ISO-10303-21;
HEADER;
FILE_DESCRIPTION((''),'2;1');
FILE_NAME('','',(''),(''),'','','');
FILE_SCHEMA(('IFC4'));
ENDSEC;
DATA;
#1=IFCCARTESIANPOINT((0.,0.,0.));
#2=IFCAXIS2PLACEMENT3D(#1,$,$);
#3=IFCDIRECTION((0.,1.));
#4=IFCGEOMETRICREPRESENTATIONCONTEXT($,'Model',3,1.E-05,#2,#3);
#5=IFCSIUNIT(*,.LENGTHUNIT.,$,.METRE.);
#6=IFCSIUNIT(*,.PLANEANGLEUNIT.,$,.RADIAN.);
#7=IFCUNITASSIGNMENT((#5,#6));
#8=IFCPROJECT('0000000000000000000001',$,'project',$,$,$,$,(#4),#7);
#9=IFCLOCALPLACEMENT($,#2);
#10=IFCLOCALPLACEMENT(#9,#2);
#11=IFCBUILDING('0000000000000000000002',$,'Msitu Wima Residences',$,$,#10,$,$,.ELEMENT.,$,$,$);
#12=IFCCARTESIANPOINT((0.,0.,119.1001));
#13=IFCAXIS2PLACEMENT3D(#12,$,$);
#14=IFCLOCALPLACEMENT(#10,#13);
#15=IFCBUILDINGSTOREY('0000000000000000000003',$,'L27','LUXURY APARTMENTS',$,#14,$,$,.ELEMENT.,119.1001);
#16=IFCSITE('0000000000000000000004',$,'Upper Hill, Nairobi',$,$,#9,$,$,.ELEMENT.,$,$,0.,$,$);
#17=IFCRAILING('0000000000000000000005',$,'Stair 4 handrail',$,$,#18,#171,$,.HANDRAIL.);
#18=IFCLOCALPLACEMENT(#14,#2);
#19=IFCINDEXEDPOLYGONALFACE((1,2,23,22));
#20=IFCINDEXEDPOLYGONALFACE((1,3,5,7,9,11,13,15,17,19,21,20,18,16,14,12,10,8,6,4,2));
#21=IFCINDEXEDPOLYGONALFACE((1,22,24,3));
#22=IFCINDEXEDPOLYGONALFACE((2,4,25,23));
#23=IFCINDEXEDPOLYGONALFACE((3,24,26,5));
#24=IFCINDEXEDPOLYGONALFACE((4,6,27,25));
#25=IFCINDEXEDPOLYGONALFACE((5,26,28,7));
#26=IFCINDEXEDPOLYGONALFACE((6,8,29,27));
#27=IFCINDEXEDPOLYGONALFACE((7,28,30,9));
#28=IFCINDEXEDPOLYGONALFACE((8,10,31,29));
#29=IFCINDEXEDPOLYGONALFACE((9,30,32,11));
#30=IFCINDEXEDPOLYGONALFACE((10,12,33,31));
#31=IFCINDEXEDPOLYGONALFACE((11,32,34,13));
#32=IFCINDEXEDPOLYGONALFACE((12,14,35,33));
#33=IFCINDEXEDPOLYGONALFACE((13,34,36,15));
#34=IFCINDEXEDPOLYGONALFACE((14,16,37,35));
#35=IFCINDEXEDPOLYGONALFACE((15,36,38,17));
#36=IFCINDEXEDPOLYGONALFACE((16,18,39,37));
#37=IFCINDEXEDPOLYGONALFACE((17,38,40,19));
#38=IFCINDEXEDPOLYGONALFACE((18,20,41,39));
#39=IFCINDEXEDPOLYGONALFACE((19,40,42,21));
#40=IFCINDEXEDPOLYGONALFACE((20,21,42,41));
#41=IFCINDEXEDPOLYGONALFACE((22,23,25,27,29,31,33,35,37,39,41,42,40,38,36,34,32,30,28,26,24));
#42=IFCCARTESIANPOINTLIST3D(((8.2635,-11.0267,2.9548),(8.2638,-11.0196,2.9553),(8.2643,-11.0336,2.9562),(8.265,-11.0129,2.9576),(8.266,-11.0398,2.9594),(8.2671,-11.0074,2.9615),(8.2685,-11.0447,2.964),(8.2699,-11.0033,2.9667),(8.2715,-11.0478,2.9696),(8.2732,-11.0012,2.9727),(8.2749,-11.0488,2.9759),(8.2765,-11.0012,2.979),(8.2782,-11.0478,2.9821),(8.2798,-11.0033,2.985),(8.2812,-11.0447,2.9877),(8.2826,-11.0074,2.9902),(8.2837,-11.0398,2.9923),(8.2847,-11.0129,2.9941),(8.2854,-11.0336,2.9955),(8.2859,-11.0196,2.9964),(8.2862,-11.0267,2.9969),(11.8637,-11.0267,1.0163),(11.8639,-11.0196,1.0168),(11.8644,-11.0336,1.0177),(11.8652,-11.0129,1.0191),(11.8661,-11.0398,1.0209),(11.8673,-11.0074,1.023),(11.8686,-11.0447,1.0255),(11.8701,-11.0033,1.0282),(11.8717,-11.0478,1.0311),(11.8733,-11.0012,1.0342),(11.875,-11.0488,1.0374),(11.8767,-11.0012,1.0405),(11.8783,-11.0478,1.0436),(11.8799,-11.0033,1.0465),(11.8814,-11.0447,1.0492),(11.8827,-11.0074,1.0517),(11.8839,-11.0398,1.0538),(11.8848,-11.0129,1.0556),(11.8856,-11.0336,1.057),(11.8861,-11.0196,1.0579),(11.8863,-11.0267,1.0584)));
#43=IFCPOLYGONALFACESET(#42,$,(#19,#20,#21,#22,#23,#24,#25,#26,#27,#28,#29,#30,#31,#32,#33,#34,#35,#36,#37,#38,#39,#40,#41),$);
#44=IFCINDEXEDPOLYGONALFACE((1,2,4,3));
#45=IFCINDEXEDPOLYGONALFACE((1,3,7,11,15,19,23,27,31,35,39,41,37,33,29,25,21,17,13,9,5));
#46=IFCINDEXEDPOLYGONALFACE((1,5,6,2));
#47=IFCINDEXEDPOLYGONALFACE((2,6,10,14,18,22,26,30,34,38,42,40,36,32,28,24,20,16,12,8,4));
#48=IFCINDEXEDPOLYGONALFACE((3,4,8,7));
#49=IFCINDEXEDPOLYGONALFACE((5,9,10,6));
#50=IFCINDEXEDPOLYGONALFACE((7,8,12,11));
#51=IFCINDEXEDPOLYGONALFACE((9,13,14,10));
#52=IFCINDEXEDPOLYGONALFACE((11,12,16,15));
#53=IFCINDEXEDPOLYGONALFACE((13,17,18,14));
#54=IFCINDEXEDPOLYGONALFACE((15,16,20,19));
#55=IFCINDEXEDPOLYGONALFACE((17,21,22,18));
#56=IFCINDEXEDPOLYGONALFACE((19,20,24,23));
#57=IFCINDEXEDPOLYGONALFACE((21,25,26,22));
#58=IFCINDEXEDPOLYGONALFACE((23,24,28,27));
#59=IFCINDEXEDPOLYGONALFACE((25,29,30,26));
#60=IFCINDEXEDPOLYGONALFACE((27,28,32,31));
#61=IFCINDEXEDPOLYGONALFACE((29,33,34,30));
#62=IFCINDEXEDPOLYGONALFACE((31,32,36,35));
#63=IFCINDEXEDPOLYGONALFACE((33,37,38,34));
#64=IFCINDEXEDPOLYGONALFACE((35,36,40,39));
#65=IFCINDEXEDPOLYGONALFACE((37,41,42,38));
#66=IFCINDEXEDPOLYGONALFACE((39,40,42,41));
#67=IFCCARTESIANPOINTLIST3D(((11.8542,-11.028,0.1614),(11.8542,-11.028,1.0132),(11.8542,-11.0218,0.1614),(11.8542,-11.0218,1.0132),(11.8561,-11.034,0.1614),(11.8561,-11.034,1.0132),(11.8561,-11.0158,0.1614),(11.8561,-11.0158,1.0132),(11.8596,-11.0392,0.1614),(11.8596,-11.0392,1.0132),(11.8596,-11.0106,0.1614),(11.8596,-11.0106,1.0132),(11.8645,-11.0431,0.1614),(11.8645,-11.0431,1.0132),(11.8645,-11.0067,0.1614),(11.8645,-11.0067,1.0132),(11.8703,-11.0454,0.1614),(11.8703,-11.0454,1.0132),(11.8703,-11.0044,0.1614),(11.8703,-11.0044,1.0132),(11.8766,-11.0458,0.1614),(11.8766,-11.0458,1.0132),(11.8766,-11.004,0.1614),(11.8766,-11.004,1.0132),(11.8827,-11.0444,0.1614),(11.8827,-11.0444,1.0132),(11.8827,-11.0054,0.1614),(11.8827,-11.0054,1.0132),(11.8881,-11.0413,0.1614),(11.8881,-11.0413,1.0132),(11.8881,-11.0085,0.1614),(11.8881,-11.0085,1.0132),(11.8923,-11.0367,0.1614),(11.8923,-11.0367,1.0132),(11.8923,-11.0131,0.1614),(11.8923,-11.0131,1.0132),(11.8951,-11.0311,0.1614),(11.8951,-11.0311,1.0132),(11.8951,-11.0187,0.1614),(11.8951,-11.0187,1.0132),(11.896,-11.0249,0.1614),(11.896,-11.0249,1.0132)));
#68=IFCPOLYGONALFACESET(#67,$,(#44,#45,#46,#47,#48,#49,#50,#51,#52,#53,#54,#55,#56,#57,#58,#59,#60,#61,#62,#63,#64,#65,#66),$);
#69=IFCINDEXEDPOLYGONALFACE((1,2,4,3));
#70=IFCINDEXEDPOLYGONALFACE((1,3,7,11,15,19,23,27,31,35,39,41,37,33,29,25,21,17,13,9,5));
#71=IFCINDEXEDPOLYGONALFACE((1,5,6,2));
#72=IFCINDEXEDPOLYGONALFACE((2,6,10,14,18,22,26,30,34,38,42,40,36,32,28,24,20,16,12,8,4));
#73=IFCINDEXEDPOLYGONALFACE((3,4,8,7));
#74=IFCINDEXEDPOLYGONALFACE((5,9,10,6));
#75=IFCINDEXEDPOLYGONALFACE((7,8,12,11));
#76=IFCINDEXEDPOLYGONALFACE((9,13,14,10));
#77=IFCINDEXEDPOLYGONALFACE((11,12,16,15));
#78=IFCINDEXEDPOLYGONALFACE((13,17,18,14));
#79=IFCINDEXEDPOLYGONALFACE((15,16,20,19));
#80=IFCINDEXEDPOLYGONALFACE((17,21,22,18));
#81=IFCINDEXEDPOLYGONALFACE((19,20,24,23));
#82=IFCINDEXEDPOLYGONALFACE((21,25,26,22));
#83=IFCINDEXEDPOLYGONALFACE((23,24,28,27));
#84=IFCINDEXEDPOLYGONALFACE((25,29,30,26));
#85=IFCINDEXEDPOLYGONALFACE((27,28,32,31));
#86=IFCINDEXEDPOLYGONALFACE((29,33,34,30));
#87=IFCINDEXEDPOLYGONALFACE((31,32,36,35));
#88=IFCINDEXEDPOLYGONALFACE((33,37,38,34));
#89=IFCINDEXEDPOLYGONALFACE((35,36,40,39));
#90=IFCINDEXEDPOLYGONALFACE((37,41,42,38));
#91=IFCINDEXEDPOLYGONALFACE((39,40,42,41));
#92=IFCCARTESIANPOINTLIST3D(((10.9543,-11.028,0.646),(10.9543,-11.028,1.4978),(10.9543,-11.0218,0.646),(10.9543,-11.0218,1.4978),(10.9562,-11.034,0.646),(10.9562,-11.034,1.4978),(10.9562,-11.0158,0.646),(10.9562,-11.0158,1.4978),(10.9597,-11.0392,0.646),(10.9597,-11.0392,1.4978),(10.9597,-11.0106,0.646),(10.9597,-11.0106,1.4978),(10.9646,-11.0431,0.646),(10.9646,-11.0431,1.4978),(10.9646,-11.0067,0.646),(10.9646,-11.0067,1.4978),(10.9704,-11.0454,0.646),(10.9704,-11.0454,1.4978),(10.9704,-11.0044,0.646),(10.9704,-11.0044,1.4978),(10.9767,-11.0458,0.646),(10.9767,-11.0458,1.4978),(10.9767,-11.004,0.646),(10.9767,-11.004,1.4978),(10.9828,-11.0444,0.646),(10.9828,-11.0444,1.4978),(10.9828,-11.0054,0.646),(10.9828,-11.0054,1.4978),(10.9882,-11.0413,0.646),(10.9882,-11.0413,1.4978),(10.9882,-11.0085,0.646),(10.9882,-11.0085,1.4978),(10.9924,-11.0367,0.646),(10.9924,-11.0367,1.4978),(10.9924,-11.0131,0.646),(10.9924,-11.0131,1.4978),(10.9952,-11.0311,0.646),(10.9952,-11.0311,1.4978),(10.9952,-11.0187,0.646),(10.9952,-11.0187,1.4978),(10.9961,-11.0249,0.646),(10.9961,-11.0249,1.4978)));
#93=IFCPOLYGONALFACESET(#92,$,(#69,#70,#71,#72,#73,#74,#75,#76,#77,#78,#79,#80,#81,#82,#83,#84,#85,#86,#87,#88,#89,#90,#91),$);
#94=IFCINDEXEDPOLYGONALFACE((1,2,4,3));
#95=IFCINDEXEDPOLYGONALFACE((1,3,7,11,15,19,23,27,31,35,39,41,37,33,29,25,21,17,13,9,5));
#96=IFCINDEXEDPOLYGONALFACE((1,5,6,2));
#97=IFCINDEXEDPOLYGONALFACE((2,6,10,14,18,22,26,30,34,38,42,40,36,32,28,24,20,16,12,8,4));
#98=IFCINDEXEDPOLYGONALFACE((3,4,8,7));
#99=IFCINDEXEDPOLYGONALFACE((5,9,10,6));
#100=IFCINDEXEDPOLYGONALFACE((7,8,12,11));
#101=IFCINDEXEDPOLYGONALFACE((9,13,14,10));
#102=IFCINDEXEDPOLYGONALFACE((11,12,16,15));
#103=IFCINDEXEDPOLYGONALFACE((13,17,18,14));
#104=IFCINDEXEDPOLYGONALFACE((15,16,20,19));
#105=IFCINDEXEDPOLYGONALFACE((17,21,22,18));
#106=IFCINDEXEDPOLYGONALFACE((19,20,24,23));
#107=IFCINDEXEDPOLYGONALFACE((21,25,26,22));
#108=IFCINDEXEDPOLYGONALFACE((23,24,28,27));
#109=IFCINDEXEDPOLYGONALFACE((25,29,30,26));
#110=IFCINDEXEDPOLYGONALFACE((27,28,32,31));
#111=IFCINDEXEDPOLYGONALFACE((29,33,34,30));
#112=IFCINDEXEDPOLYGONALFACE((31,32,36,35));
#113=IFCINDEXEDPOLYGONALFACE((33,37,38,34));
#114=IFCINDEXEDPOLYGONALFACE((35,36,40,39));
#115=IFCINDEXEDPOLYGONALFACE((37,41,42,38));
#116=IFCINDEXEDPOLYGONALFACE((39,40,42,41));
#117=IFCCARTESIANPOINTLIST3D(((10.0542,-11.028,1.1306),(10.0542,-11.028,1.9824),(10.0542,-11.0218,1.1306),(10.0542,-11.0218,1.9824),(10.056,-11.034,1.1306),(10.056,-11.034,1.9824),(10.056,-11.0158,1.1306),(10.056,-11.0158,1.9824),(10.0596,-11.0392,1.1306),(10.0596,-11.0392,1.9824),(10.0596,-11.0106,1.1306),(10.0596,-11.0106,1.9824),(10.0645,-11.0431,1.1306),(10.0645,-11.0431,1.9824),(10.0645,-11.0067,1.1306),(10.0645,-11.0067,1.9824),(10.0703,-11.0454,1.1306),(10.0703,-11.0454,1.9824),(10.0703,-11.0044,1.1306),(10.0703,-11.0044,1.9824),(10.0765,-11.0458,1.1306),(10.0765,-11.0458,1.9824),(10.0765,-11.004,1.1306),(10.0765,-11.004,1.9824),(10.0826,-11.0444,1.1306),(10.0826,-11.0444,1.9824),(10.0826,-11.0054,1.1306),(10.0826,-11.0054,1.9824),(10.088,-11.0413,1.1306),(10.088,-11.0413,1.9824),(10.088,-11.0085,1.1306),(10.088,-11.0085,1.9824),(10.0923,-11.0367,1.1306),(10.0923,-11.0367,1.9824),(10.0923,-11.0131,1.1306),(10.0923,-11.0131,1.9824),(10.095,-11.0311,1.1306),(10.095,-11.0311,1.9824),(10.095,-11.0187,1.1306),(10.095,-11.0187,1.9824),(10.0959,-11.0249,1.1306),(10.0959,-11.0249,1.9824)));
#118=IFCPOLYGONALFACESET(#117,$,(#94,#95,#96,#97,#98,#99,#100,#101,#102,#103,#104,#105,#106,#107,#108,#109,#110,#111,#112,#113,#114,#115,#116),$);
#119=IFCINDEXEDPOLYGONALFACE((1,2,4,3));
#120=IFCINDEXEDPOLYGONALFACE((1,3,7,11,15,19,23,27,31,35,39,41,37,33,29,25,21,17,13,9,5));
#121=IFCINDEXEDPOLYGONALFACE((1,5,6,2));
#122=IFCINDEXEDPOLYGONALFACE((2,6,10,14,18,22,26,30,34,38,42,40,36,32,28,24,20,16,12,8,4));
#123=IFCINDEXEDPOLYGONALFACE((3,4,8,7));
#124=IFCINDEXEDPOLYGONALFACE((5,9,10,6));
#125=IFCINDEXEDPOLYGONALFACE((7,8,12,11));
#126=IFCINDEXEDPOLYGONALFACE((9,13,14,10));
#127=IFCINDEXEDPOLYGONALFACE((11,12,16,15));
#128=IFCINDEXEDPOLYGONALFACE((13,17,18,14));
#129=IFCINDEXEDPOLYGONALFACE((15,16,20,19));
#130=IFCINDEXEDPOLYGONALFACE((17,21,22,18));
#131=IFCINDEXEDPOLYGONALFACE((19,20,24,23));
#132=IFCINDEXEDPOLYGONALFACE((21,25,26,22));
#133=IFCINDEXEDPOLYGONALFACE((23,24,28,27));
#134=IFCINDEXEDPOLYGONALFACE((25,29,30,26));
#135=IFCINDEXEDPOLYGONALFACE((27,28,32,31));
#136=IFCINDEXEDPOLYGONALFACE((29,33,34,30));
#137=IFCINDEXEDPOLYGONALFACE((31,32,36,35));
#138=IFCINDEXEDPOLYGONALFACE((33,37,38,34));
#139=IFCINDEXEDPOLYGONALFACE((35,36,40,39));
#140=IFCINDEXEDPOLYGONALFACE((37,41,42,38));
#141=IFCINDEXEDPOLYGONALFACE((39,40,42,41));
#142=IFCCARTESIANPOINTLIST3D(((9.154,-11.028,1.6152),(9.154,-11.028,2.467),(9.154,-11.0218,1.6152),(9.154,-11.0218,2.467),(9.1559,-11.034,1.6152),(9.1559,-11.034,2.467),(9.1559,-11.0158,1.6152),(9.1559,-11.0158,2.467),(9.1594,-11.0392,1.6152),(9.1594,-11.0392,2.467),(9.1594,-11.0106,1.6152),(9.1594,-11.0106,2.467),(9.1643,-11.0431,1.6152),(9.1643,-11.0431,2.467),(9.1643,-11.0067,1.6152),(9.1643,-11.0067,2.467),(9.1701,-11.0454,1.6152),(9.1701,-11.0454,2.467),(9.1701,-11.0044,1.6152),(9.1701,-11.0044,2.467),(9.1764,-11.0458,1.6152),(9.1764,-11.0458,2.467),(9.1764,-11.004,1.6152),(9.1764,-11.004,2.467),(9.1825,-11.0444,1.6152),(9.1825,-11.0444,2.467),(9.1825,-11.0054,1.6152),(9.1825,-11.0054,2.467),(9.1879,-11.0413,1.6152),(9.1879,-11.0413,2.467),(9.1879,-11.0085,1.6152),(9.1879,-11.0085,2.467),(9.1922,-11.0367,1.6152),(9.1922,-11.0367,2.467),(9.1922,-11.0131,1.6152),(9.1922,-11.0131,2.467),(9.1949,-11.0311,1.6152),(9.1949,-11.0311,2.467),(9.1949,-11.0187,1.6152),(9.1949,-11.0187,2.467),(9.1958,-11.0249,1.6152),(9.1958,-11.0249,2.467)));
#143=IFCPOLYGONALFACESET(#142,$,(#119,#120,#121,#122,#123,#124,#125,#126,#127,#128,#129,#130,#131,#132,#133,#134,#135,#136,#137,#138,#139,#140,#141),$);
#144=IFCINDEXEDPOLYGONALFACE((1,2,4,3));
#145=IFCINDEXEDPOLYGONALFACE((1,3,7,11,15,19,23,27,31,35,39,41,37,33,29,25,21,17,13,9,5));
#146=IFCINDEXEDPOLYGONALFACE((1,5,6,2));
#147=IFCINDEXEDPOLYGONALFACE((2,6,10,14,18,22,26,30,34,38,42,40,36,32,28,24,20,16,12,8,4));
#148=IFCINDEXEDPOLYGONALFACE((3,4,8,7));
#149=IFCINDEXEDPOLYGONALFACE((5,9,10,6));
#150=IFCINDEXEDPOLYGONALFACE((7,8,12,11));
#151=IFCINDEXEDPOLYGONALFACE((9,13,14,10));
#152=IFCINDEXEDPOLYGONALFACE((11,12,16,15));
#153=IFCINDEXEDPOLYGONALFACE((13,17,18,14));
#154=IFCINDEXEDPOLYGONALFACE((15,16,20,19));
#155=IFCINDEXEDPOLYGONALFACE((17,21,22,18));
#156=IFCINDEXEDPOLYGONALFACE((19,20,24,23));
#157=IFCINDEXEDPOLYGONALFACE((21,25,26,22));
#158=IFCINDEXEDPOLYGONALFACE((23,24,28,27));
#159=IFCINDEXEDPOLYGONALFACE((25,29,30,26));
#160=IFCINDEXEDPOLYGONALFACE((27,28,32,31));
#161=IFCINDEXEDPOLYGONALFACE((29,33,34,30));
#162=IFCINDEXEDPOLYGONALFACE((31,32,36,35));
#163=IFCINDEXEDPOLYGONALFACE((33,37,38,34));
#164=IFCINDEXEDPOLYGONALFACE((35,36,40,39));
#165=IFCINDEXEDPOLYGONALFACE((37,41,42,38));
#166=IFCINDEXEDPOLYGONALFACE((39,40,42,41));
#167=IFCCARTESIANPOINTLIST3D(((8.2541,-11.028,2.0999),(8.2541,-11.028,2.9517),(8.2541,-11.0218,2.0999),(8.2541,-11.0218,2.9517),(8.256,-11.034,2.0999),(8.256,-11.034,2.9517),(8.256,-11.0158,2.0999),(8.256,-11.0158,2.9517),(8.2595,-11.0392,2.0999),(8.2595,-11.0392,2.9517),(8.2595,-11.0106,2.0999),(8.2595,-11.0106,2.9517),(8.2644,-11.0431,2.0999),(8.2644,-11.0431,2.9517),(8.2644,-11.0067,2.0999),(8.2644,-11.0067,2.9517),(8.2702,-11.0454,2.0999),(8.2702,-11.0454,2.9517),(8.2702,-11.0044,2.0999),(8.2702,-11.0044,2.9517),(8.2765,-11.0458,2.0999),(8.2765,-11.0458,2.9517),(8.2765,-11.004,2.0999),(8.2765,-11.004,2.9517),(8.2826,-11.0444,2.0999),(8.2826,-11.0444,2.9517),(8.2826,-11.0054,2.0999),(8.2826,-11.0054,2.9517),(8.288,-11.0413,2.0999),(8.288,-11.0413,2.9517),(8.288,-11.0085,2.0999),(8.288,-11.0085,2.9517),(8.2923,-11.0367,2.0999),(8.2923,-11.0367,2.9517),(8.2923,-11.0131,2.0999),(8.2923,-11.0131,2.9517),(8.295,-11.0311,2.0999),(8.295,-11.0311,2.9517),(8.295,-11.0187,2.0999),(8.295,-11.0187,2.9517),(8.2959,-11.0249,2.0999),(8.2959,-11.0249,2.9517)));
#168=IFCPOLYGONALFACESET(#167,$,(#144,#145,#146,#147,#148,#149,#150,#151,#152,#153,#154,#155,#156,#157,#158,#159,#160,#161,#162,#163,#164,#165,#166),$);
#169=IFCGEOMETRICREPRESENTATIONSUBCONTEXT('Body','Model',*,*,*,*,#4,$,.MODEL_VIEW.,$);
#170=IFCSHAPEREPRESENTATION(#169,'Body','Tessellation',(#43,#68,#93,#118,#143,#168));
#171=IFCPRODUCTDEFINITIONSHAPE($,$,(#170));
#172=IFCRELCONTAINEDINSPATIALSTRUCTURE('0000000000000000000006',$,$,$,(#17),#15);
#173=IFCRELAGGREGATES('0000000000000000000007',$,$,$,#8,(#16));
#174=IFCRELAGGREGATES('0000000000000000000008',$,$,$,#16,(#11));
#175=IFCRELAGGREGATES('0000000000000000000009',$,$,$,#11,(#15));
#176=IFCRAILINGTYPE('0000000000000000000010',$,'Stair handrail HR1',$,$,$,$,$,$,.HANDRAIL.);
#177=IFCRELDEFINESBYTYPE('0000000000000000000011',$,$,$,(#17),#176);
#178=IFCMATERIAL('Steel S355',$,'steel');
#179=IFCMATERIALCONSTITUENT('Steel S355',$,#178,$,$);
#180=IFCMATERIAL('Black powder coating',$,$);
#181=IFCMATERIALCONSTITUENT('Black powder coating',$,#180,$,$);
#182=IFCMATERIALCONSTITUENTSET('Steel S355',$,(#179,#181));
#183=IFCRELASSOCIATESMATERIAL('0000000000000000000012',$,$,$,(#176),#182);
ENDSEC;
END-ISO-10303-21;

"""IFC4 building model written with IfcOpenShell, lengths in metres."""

from ifc_helpers import new_model, si_unit, direction, frame, origin, origin_2d, place, context, subcontext, project, spatial, circle, extrude, material, constituent, constituent_set, type_object, element, save


model = new_model("IFC4")

# Units and contexts
model_context = context("Model", 3, precision=1e-05, world=origin(), true_north=direction((0.0, 1.0)))
body_context = subcontext(model_context, "Body", "Model", "MODEL_VIEW")
ifc_project = project(units=[si_unit("LENGTHUNIT", "METRE"), si_unit("PLANEANGLEUNIT", "RADIAN")], contexts=[model_context])

# Site, building, storey
site_placement = place(None, origin())
site = spatial("IfcSite", under=ifc_project, at=site_placement, Name="Upper Hill, Nairobi", CompositionType="ELEMENT", RefElevation=0.0)
building_placement = place(site_placement, origin())
building = spatial("IfcBuilding", under=site, at=building_placement, Name="Msitu Wima Residences", CompositionType="ELEMENT")
storey_placement = place(building_placement, frame((0.0, 0.0, 119.1001)))
storey = spatial("IfcBuildingStorey", under=building, at=storey_placement, Name="L27", Description="LUXURY APARTMENTS", CompositionType="ELEMENT", Elevation=119.1001)

# Railing
ifc_material_1 = material(Name="Steel S355", Category="steel")
ifc_constituent_1 = constituent(ifc_material_1, Name="Steel S355")
ifc_material_2 = material(Name="Black powder coating")
ifc_constituent_2 = constituent(ifc_material_2, Name="Black powder coating")
ifc_constituent_set = constituent_set(constituents=[ifc_constituent_1, ifc_constituent_2], Name="Steel S355")
railing_type = type_object("IfcRailingType", Name="Stair handrail HR1", PredefinedType="HANDRAIL", material=ifc_constituent_set)
for number, where, name in (
    (1, (11.875, -11.0249, 0.1614), "Stair 4 handrail"),
):
    element("IfcRailing", number, at=place(storey_placement, frame(where)), inside=storey, type_object=railing_type, Name=name, PredefinedType="HANDRAIL", context=body_context, shape_type="SweptSolid", body=[
        extrude(circle(Radius=0.0239, at=origin_2d()), frame((0.0, 0.0, 0.876), z_axis=(-0.880475, 0.0, 0.474093), x_axis=(0.0, -1.0, 0.0)), (0.0, 0.0, 1.0), 4.0889),
        extrude(circle(Radius=0.021, at=origin_2d()), origin(), (0.0, 0.0, 1.0), 0.8518),
        extrude(circle(Radius=0.021, at=origin_2d()), frame((-0.8999, 0.0, 0.4846)), (0.0, 0.0, 1.0), 0.8518),
        extrude(circle(Radius=0.021, at=origin_2d()), frame((-1.8, 0.0, 0.9692)), (0.0, 0.0, 1.0), 0.8518),
        extrude(circle(Radius=0.021, at=origin_2d()), frame((-2.7002, 0.0, 1.4539)), (0.0, 0.0, 1.0), 0.8518),
        extrude(circle(Radius=0.021, at=origin_2d()), frame((-3.6001, 0.0, 1.9385)), (0.0, 0.0, 1.0), 0.8518),
    ])

save(model, "model.ifc")
